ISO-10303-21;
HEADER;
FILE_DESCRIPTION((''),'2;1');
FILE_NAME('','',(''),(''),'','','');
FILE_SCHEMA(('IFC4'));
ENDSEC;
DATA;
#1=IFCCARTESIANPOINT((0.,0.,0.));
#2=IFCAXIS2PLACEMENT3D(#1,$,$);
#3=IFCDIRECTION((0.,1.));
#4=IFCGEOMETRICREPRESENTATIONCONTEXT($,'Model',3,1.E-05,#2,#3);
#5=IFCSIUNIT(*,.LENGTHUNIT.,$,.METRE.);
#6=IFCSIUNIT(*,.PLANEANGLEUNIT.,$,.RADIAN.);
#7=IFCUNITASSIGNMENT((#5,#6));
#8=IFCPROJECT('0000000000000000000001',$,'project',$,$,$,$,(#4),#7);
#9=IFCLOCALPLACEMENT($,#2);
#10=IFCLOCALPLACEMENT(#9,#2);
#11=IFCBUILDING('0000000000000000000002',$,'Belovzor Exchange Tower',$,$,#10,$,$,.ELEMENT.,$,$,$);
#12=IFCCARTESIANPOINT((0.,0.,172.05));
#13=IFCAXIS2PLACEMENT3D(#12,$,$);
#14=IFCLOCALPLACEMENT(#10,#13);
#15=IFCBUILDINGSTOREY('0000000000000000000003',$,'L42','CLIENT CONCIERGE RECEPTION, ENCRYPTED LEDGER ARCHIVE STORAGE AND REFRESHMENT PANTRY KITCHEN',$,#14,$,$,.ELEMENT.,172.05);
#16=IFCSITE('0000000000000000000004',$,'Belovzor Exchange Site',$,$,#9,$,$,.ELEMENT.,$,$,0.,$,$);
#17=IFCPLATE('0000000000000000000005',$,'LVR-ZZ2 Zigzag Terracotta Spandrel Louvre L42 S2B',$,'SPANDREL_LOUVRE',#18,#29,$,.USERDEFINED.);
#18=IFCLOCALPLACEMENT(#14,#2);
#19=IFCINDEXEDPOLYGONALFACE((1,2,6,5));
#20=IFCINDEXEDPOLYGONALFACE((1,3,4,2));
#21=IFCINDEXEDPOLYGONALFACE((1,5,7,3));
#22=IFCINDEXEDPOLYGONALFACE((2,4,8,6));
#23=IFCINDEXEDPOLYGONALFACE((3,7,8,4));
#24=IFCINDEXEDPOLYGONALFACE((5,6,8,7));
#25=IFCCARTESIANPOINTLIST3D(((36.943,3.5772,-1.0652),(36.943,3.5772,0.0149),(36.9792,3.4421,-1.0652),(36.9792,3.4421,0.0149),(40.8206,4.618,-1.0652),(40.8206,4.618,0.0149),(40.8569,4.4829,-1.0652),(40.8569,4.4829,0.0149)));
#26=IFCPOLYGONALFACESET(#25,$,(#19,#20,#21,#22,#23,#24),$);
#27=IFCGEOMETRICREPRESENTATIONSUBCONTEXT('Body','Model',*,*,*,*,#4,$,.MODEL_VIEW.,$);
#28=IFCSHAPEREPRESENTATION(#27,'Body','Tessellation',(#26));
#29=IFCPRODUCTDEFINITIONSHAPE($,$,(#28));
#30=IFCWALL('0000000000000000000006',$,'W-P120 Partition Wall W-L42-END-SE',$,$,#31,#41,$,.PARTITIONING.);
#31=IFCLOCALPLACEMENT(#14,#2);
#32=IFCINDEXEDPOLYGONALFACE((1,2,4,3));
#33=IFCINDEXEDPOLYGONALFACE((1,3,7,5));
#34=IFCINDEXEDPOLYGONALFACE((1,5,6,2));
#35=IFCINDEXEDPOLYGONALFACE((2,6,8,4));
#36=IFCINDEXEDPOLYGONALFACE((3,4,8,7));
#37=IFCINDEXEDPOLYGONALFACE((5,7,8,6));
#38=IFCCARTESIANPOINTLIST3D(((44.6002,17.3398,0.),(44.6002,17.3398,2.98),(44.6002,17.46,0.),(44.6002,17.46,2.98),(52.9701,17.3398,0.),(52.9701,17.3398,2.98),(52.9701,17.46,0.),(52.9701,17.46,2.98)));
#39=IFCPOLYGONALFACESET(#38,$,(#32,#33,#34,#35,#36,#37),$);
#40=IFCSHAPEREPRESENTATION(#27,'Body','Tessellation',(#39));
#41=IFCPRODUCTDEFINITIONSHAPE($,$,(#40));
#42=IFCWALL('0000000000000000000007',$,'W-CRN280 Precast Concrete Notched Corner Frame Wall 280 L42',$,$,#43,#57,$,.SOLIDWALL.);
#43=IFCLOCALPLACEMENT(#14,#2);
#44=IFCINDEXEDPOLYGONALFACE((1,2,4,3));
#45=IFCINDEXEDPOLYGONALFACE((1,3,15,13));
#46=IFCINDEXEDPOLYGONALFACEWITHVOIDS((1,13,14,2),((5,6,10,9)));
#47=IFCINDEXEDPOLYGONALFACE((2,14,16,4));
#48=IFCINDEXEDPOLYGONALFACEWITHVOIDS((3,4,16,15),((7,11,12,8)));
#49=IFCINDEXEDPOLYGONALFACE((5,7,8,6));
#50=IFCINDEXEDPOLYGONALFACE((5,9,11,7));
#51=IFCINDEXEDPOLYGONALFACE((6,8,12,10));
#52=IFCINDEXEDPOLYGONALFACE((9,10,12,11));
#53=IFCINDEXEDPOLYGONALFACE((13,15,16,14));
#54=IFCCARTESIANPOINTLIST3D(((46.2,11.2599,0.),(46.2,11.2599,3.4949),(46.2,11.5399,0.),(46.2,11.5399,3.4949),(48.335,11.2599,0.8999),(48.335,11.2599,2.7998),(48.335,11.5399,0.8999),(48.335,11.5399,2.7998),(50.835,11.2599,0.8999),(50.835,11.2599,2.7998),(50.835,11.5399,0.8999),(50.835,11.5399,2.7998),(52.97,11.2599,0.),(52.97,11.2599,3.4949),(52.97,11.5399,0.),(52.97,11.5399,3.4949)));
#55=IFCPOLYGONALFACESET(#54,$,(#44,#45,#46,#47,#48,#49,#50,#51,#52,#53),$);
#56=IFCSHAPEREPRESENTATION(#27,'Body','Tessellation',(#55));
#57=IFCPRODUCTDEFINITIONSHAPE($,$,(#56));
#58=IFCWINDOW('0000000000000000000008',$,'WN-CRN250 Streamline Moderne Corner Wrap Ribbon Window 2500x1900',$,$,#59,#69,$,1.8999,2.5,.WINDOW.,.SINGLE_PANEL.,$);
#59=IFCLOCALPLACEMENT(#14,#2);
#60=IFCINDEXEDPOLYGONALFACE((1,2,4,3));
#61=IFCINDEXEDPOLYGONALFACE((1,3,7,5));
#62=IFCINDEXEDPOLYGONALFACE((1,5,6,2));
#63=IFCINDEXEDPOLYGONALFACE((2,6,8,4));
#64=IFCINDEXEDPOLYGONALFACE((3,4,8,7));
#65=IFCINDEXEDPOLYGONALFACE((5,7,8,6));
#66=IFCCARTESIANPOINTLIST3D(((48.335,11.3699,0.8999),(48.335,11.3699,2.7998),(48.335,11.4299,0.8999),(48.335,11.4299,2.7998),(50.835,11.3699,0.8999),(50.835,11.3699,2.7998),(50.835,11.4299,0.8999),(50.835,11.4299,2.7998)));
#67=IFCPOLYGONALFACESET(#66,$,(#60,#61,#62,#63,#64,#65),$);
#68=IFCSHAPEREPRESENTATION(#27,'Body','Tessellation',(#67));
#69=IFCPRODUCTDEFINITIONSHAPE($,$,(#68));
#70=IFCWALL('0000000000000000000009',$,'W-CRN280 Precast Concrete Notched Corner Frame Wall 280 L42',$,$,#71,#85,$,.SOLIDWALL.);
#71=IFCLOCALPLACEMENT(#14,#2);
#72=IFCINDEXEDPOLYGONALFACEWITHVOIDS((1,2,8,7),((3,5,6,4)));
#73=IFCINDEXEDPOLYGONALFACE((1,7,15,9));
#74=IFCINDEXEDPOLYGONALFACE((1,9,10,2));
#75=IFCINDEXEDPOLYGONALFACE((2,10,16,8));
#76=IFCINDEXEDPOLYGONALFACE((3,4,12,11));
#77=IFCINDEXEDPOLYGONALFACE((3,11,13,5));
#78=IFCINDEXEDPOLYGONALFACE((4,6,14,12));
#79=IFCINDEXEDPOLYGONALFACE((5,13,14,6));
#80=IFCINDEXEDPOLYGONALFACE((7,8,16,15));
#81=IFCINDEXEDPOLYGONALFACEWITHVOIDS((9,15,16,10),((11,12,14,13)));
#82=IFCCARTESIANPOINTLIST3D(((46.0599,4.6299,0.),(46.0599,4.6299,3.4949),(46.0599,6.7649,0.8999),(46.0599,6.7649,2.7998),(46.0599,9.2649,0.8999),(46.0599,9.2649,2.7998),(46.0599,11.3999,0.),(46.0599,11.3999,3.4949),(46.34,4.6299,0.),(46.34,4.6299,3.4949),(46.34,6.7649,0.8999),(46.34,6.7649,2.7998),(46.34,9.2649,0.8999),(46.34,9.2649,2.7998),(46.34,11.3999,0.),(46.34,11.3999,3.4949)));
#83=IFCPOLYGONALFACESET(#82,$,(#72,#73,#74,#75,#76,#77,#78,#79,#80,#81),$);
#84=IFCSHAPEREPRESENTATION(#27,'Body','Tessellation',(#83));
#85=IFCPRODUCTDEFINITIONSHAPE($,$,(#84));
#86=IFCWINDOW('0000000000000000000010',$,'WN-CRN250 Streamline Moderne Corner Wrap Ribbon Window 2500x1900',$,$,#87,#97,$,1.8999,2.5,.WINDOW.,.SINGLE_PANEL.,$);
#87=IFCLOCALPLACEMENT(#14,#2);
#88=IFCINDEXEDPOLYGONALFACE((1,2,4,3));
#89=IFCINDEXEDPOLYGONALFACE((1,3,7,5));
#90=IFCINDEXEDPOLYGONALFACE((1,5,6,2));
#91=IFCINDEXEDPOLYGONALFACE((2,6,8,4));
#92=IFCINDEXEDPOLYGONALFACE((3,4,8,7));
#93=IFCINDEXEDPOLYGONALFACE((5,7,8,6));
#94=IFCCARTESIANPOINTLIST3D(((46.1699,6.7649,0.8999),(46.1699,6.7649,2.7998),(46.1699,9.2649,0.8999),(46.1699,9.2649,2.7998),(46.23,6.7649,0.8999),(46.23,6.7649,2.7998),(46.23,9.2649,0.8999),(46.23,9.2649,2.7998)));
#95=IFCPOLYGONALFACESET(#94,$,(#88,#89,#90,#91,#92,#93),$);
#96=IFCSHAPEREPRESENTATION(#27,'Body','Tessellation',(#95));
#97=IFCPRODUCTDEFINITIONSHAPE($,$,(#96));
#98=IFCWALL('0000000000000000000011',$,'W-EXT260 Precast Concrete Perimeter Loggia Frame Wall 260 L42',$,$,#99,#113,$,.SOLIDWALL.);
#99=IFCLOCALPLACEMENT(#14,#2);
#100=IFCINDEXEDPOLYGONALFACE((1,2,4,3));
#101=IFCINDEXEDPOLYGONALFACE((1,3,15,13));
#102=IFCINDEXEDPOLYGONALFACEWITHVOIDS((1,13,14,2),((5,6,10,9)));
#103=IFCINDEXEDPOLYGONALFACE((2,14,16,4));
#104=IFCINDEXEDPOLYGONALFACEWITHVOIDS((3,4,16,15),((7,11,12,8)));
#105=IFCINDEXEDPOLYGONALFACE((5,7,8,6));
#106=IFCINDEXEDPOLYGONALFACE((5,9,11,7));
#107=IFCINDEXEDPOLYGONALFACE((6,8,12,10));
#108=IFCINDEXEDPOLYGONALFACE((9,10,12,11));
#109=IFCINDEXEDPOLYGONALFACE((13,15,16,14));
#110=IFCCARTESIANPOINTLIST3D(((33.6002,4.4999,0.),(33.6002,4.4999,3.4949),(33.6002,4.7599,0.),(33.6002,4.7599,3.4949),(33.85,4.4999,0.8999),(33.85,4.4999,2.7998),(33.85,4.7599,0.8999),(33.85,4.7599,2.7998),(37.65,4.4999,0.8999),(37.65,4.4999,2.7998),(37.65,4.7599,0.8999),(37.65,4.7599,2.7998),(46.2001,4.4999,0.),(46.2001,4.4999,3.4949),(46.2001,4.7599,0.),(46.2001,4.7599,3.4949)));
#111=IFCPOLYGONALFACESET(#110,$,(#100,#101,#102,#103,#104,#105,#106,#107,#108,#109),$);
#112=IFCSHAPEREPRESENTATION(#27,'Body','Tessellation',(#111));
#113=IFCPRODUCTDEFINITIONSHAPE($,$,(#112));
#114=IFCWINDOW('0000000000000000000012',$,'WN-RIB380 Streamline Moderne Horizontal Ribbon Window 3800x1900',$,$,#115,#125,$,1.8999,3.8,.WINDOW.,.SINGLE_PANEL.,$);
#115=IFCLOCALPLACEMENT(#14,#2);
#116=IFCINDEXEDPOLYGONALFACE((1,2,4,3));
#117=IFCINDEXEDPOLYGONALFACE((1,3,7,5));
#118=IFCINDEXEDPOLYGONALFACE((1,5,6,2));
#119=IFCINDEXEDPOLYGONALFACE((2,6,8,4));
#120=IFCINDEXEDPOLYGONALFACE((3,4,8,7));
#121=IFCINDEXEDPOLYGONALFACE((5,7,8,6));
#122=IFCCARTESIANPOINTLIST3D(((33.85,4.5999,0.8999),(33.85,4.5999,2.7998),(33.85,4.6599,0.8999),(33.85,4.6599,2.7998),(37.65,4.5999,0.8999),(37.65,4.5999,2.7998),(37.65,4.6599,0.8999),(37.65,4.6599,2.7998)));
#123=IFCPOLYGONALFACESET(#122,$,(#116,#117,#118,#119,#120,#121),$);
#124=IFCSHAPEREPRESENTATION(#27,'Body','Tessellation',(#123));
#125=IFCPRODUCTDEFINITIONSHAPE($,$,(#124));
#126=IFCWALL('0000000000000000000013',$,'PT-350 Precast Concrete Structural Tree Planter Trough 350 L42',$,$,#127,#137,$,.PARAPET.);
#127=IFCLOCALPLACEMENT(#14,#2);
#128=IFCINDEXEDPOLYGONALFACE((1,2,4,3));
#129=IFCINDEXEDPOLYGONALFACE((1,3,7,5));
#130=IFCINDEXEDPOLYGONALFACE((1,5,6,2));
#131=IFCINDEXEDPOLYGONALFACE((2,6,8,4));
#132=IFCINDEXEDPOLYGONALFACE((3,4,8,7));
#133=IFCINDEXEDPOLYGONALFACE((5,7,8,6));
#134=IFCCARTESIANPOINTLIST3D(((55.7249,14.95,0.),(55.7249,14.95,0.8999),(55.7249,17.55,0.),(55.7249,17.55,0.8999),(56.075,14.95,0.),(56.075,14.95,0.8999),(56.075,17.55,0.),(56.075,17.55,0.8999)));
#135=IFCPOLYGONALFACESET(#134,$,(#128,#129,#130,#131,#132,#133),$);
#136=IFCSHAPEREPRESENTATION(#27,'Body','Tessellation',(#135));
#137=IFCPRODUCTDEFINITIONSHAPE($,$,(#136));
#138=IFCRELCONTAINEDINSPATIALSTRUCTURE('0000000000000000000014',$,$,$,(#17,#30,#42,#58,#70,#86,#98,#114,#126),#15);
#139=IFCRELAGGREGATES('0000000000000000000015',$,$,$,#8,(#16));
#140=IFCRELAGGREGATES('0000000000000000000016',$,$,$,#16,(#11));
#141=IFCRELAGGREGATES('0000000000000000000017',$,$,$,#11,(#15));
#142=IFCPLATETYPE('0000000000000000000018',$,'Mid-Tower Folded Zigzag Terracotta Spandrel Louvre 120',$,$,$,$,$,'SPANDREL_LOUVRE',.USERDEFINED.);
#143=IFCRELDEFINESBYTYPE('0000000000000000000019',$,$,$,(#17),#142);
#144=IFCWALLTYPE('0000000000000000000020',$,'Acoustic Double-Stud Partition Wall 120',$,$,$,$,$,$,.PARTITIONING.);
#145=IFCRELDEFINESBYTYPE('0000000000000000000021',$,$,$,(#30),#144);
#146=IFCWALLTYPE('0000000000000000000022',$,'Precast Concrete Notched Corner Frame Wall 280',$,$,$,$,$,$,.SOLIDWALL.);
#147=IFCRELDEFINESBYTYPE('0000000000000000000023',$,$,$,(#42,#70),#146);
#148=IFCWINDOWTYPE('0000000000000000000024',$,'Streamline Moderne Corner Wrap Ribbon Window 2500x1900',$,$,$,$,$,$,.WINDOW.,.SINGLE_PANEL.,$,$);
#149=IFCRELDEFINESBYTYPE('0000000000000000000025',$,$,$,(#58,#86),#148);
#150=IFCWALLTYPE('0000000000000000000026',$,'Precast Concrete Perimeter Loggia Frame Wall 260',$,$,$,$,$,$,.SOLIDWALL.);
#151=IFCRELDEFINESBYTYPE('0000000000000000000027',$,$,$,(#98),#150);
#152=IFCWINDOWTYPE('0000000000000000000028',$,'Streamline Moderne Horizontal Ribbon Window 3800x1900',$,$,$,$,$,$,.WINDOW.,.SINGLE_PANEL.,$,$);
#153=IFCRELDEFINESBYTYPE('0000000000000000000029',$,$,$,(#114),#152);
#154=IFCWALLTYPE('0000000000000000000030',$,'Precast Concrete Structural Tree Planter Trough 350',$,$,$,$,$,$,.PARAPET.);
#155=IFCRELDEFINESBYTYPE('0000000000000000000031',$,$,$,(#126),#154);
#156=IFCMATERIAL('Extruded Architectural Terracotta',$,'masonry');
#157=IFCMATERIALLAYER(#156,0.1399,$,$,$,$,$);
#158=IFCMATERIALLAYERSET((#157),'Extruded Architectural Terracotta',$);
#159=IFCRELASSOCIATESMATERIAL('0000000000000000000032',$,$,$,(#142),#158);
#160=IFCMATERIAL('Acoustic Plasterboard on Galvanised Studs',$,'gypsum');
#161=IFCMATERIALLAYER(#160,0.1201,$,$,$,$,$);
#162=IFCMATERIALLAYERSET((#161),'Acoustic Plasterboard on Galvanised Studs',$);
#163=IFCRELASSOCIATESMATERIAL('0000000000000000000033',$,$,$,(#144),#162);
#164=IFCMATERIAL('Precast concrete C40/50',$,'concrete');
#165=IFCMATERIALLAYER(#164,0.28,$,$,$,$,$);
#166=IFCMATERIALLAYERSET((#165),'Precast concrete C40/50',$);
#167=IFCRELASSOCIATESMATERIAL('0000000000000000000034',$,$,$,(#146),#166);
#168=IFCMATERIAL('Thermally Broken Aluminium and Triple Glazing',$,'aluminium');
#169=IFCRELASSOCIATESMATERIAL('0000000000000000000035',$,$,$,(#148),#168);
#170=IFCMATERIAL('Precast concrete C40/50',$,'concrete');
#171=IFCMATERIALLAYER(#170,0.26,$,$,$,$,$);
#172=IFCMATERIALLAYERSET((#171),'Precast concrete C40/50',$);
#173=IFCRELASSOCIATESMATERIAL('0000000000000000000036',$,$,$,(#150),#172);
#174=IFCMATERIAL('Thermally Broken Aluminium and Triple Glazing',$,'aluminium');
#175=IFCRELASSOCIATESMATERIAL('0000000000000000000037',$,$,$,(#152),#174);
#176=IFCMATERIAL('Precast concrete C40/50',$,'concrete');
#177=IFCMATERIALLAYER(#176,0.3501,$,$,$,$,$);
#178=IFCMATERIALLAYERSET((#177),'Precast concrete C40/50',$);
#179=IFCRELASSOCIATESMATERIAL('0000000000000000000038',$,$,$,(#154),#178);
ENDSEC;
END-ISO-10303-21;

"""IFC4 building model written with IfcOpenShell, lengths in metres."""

from ifc_helpers import new_model, si_unit, direction, frame, frame_2d, origin, origin_2d, place, context, subcontext, project, spatial, rectangle, extrude, material, layer, layer_set, type_object, element, fill, save


model = new_model("IFC4")

# Units and contexts
model_context = context("Model", 3, precision=1e-05, world=origin(), true_north=direction((0.0, 1.0)))
body_context = subcontext(model_context, "Body", "Model", "MODEL_VIEW")
ifc_project = project(units=[si_unit("LENGTHUNIT", "METRE"), si_unit("PLANEANGLEUNIT", "RADIAN")], contexts=[model_context])

# Site, building, storey
site_placement = place(None, origin())
site = spatial("IfcSite", under=ifc_project, at=site_placement, Name="Belovzor Exchange Site", CompositionType="ELEMENT", RefElevation=0.0)
building_placement = place(site_placement, origin())
building = spatial("IfcBuilding", under=site, at=building_placement, Name="Belovzor Exchange Tower", CompositionType="ELEMENT")
storey_placement = place(building_placement, frame((0.0, 0.0, 172.05)))
storey = spatial("IfcBuildingStorey", under=building, at=storey_placement, Name="L42", Description="CLIENT CONCIERGE RECEPTION, ENCRYPTED LEDGER ARCHIVE STORAGE AND REFRESHMENT PANTRY KITCHEN", CompositionType="ELEMENT", Elevation=172.05)

# Plate
ifc_material_1 = material(Name="Extruded Architectural Terracotta", Category="masonry")
ifc_layer_1 = layer(ifc_material_1, 0.1399)
ifc_layer_set_1 = layer_set([ifc_layer_1], Name="Extruded Architectural Terracotta")
plate_type = type_object("IfcPlateType", Name="Mid-Tower Folded Zigzag Terracotta Spandrel Louvre 120", ElementType="SPANDREL_LOUVRE", PredefinedType="USERDEFINED", material=ifc_layer_set_1)
plate_placement = place(storey_placement, frame((38.8999, 4.03, -1.0652), z_axis=(0.0, 0.0, 1.0), x_axis=(0.965813, 0.25924, 0.0)))
element("IfcPlate", 1, at=plate_placement, inside=storey, type_object=plate_type, Name="LVR-ZZ2 Zigzag Terracotta Spandrel Louvre L42 S2B", ObjectType="SPANDREL_LOUVRE", PredefinedType="USERDEFINED", context=body_context, shape_type="SweptSolid", body=[
    extrude(rectangle(XDim=4.0149, YDim=0.1399, at=origin_2d()), origin(), (0.0, 0.0, 1.0), 1.0801),
])

# Wall
ifc_material_2 = material(Name="Acoustic Plasterboard on Galvanised Studs", Category="gypsum")
ifc_layer_2 = layer(ifc_material_2, 0.1201)
ifc_layer_set_2 = layer_set([ifc_layer_2], Name="Acoustic Plasterboard on Galvanised Studs")
wall_type_1 = type_object("IfcWallType", Name="Acoustic Double-Stud Partition Wall 120", PredefinedType="PARTITIONING", material=ifc_layer_set_2)
wall_1_placement = place(storey_placement, frame((44.6001, 17.3999, 0.0), z_axis=(0.0, 0.0, 1.0), x_axis=(1.0, 0.0, 0.0)))
element("IfcWall", 2, at=wall_1_placement, inside=storey, type_object=wall_type_1, Name="W-P120 Partition Wall W-L42-END-SE", PredefinedType="PARTITIONING", context=body_context, shape_type="SweptSolid", body=[
    extrude(rectangle(XDim=8.3699, YDim=0.1201, at=frame_2d((4.1851, 0.0))), origin(), (0.0, 0.0, 1.0), 2.98),
])

# Walls, openings, windows
ifc_material_3 = material(Name="Precast concrete C40/50", Category="concrete")
ifc_layer_3 = layer(ifc_material_3, 0.28)
ifc_layer_set_3 = layer_set([ifc_layer_3], Name="Precast concrete C40/50")
wall_type_2 = type_object("IfcWallType", Name="Precast Concrete Notched Corner Frame Wall 280", PredefinedType="SOLIDWALL", material=ifc_layer_set_3)
wall_2_placement = place(storey_placement, frame((52.97, 11.3999, 0.0), z_axis=(0.0, 0.0, 1.0), x_axis=(-1.0, 0.0, 0.0)))
wall_2 = element("IfcWall", 3, at=wall_2_placement, inside=storey, type_object=wall_type_2, Name="W-CRN280 Precast Concrete Notched Corner Frame Wall 280 L42", PredefinedType="SOLIDWALL", context=body_context, shape_type="SweptSolid", body=[
    extrude(rectangle(XDim=6.77, YDim=0.28, at=frame_2d((3.385, 0.0))), origin(), (0.0, 0.0, 1.0), 3.4949),
])
opening_1_placement = place(wall_2_placement, frame((2.135, 0.0, 0.8999)))
opening_1 = element("IfcOpeningElement", 4, at=opening_1_placement, cuts=wall_2, PredefinedType="OPENING", context=body_context, shape_type="SweptSolid", body=[
    extrude(rectangle(XDim=2.5, YDim=1.8999, at=frame_2d((1.25, 0.95))), frame((0.0, 0.1499, 0.0), z_axis=(0.0, -1.0, 0.0), x_axis=(1.0, 0.0, 0.0)), (0.0, 0.0, 1.0), 0.3),
])
ifc_material_4 = material(Name="Thermally Broken Aluminium and Triple Glazing", Category="aluminium")
window_type_1 = type_object("IfcWindowType", Name="Streamline Moderne Corner Wrap Ribbon Window 2500x1900", PartitioningType="SINGLE_PANEL", PredefinedType="WINDOW", material=ifc_material_4)
window_1_placement = place(opening_1_placement, origin())
window_1 = element("IfcWindow", 5, at=window_1_placement, inside=storey, type_object=window_type_1, Name="WN-CRN250 Streamline Moderne Corner Wrap Ribbon Window 2500x1900", OverallHeight=1.8999, OverallWidth=2.5, PartitioningType="SINGLE_PANEL", PredefinedType="WINDOW", context=body_context, shape_type="SweptSolid", body=[
    extrude(rectangle(XDim=2.5, YDim=1.8999, at=frame_2d((1.25, 0.95))), frame((0.0, 0.03, 0.0), z_axis=(0.0, -1.0, 0.0), x_axis=(1.0, 0.0, 0.0)), (0.0, 0.0, 1.0), 0.0601),
])
fill(opening_1, window_1)
wall_3_placement = place(storey_placement, frame((46.2, 11.3999, 0.0), z_axis=(0.0, 0.0, 1.0), x_axis=(0.0, -1.0, 0.0)))
wall_3 = element("IfcWall", 6, at=wall_3_placement, inside=storey, type_object=wall_type_2, Name="W-CRN280 Precast Concrete Notched Corner Frame Wall 280 L42", PredefinedType="SOLIDWALL", context=body_context, shape_type="SweptSolid", body=[
    extrude(rectangle(XDim=6.77, YDim=0.28, at=frame_2d((3.385, 0.0))), origin(), (0.0, 0.0, 1.0), 3.4949),
])
opening_2_placement = place(wall_3_placement, frame((2.135, 0.0, 0.8999)))
opening_2 = element("IfcOpeningElement", 7, at=opening_2_placement, cuts=wall_3, PredefinedType="OPENING", context=body_context, shape_type="SweptSolid", body=[
    extrude(rectangle(XDim=2.5, YDim=1.8999, at=frame_2d((1.25, 0.95))), frame((0.0, 0.1499, 0.0), z_axis=(0.0, -1.0, 0.0), x_axis=(1.0, 0.0, 0.0)), (0.0, 0.0, 1.0), 0.3),
])
window_2_placement = place(opening_2_placement, origin())
window_2 = element("IfcWindow", 8, at=window_2_placement, inside=storey, type_object=window_type_1, Name="WN-CRN250 Streamline Moderne Corner Wrap Ribbon Window 2500x1900", OverallHeight=1.8999, OverallWidth=2.5, PartitioningType="SINGLE_PANEL", PredefinedType="WINDOW", context=body_context, shape_type="SweptSolid", body=[
    extrude(rectangle(XDim=2.5, YDim=1.8999, at=frame_2d((1.25, 0.95))), frame((0.0, 0.03, 0.0), z_axis=(0.0, -1.0, 0.0), x_axis=(1.0, 0.0, 0.0)), (0.0, 0.0, 1.0), 0.0601),
])
fill(opening_2, window_2)
ifc_material_5 = material(Name="Precast concrete C40/50", Category="concrete")
ifc_layer_4 = layer(ifc_material_5, 0.26)
ifc_layer_set_4 = layer_set([ifc_layer_4], Name="Precast concrete C40/50")
wall_type_3 = type_object("IfcWallType", Name="Precast Concrete Perimeter Loggia Frame Wall 260", PredefinedType="SOLIDWALL", material=ifc_layer_set_4)
wall_4_placement = place(storey_placement, frame((46.2, 4.6299, 0.0), z_axis=(0.0, 0.0, 1.0), x_axis=(-1.0, 0.0, 0.0)))
wall_4 = element("IfcWall", 9, at=wall_4_placement, inside=storey, type_object=wall_type_3, Name="W-EXT260 Precast Concrete Perimeter Loggia Frame Wall 260 L42", PredefinedType="SOLIDWALL", context=body_context, shape_type="SweptSolid", body=[
    extrude(rectangle(XDim=12.5999, YDim=0.26, at=frame_2d((6.2998, 0.0))), origin(), (0.0, 0.0, 1.0), 3.4949),
])
opening_3_placement = place(wall_4_placement, frame((8.55, 0.0, 0.8999)))
opening_3 = element("IfcOpeningElement", 10, at=opening_3_placement, cuts=wall_4, PredefinedType="OPENING", context=body_context, shape_type="SweptSolid", body=[
    extrude(rectangle(XDim=3.8, YDim=1.8999, at=frame_2d((1.8999, 0.95))), frame((0.0, 0.1399, 0.0), z_axis=(0.0, -1.0, 0.0), x_axis=(1.0, 0.0, 0.0)), (0.0, 0.0, 1.0), 0.28),
])
ifc_material_6 = material(Name="Thermally Broken Aluminium and Triple Glazing", Category="aluminium")
window_type_2 = type_object("IfcWindowType", Name="Streamline Moderne Horizontal Ribbon Window 3800x1900", PartitioningType="SINGLE_PANEL", PredefinedType="WINDOW", material=ifc_material_6)
window_3_placement = place(opening_3_placement, origin())
window_3 = element("IfcWindow", 11, at=window_3_placement, inside=storey, type_object=window_type_2, Name="WN-RIB380 Streamline Moderne Horizontal Ribbon Window 3800x1900", OverallHeight=1.8999, OverallWidth=3.8, PartitioningType="SINGLE_PANEL", PredefinedType="WINDOW", context=body_context, shape_type="SweptSolid", body=[
    extrude(rectangle(XDim=3.8, YDim=1.8999, at=frame_2d((1.8999, 0.95))), frame((0.0, 0.03, 0.0), z_axis=(0.0, -1.0, 0.0), x_axis=(1.0, 0.0, 0.0)), (0.0, 0.0, 1.0), 0.0601),
])
fill(opening_3, window_3)

# Wall
ifc_material_7 = material(Name="Precast concrete C40/50", Category="concrete")
ifc_layer_5 = layer(ifc_material_7, 0.3501)
ifc_layer_set_5 = layer_set([ifc_layer_5], Name="Precast concrete C40/50")
wall_type_4 = type_object("IfcWallType", Name="Precast Concrete Structural Tree Planter Trough 350", PredefinedType="PARAPET", material=ifc_layer_set_5)
wall_5_placement = place(storey_placement, frame((55.8999, 14.95, 0.0), z_axis=(0.0, 0.0, 1.0), x_axis=(0.0, 1.0, 0.0)))
element("IfcWall", 12, at=wall_5_placement, inside=storey, type_object=wall_type_4, Name="PT-350 Precast Concrete Structural Tree Planter Trough 350 L42", PredefinedType="PARAPET", context=body_context, shape_type="SweptSolid", body=[
    extrude(rectangle(XDim=2.6001, YDim=0.3501, at=frame_2d((1.3, 0.0))), origin(), (0.0, 0.0, 1.0), 0.8999),
])

save(model, "model.ifc")
